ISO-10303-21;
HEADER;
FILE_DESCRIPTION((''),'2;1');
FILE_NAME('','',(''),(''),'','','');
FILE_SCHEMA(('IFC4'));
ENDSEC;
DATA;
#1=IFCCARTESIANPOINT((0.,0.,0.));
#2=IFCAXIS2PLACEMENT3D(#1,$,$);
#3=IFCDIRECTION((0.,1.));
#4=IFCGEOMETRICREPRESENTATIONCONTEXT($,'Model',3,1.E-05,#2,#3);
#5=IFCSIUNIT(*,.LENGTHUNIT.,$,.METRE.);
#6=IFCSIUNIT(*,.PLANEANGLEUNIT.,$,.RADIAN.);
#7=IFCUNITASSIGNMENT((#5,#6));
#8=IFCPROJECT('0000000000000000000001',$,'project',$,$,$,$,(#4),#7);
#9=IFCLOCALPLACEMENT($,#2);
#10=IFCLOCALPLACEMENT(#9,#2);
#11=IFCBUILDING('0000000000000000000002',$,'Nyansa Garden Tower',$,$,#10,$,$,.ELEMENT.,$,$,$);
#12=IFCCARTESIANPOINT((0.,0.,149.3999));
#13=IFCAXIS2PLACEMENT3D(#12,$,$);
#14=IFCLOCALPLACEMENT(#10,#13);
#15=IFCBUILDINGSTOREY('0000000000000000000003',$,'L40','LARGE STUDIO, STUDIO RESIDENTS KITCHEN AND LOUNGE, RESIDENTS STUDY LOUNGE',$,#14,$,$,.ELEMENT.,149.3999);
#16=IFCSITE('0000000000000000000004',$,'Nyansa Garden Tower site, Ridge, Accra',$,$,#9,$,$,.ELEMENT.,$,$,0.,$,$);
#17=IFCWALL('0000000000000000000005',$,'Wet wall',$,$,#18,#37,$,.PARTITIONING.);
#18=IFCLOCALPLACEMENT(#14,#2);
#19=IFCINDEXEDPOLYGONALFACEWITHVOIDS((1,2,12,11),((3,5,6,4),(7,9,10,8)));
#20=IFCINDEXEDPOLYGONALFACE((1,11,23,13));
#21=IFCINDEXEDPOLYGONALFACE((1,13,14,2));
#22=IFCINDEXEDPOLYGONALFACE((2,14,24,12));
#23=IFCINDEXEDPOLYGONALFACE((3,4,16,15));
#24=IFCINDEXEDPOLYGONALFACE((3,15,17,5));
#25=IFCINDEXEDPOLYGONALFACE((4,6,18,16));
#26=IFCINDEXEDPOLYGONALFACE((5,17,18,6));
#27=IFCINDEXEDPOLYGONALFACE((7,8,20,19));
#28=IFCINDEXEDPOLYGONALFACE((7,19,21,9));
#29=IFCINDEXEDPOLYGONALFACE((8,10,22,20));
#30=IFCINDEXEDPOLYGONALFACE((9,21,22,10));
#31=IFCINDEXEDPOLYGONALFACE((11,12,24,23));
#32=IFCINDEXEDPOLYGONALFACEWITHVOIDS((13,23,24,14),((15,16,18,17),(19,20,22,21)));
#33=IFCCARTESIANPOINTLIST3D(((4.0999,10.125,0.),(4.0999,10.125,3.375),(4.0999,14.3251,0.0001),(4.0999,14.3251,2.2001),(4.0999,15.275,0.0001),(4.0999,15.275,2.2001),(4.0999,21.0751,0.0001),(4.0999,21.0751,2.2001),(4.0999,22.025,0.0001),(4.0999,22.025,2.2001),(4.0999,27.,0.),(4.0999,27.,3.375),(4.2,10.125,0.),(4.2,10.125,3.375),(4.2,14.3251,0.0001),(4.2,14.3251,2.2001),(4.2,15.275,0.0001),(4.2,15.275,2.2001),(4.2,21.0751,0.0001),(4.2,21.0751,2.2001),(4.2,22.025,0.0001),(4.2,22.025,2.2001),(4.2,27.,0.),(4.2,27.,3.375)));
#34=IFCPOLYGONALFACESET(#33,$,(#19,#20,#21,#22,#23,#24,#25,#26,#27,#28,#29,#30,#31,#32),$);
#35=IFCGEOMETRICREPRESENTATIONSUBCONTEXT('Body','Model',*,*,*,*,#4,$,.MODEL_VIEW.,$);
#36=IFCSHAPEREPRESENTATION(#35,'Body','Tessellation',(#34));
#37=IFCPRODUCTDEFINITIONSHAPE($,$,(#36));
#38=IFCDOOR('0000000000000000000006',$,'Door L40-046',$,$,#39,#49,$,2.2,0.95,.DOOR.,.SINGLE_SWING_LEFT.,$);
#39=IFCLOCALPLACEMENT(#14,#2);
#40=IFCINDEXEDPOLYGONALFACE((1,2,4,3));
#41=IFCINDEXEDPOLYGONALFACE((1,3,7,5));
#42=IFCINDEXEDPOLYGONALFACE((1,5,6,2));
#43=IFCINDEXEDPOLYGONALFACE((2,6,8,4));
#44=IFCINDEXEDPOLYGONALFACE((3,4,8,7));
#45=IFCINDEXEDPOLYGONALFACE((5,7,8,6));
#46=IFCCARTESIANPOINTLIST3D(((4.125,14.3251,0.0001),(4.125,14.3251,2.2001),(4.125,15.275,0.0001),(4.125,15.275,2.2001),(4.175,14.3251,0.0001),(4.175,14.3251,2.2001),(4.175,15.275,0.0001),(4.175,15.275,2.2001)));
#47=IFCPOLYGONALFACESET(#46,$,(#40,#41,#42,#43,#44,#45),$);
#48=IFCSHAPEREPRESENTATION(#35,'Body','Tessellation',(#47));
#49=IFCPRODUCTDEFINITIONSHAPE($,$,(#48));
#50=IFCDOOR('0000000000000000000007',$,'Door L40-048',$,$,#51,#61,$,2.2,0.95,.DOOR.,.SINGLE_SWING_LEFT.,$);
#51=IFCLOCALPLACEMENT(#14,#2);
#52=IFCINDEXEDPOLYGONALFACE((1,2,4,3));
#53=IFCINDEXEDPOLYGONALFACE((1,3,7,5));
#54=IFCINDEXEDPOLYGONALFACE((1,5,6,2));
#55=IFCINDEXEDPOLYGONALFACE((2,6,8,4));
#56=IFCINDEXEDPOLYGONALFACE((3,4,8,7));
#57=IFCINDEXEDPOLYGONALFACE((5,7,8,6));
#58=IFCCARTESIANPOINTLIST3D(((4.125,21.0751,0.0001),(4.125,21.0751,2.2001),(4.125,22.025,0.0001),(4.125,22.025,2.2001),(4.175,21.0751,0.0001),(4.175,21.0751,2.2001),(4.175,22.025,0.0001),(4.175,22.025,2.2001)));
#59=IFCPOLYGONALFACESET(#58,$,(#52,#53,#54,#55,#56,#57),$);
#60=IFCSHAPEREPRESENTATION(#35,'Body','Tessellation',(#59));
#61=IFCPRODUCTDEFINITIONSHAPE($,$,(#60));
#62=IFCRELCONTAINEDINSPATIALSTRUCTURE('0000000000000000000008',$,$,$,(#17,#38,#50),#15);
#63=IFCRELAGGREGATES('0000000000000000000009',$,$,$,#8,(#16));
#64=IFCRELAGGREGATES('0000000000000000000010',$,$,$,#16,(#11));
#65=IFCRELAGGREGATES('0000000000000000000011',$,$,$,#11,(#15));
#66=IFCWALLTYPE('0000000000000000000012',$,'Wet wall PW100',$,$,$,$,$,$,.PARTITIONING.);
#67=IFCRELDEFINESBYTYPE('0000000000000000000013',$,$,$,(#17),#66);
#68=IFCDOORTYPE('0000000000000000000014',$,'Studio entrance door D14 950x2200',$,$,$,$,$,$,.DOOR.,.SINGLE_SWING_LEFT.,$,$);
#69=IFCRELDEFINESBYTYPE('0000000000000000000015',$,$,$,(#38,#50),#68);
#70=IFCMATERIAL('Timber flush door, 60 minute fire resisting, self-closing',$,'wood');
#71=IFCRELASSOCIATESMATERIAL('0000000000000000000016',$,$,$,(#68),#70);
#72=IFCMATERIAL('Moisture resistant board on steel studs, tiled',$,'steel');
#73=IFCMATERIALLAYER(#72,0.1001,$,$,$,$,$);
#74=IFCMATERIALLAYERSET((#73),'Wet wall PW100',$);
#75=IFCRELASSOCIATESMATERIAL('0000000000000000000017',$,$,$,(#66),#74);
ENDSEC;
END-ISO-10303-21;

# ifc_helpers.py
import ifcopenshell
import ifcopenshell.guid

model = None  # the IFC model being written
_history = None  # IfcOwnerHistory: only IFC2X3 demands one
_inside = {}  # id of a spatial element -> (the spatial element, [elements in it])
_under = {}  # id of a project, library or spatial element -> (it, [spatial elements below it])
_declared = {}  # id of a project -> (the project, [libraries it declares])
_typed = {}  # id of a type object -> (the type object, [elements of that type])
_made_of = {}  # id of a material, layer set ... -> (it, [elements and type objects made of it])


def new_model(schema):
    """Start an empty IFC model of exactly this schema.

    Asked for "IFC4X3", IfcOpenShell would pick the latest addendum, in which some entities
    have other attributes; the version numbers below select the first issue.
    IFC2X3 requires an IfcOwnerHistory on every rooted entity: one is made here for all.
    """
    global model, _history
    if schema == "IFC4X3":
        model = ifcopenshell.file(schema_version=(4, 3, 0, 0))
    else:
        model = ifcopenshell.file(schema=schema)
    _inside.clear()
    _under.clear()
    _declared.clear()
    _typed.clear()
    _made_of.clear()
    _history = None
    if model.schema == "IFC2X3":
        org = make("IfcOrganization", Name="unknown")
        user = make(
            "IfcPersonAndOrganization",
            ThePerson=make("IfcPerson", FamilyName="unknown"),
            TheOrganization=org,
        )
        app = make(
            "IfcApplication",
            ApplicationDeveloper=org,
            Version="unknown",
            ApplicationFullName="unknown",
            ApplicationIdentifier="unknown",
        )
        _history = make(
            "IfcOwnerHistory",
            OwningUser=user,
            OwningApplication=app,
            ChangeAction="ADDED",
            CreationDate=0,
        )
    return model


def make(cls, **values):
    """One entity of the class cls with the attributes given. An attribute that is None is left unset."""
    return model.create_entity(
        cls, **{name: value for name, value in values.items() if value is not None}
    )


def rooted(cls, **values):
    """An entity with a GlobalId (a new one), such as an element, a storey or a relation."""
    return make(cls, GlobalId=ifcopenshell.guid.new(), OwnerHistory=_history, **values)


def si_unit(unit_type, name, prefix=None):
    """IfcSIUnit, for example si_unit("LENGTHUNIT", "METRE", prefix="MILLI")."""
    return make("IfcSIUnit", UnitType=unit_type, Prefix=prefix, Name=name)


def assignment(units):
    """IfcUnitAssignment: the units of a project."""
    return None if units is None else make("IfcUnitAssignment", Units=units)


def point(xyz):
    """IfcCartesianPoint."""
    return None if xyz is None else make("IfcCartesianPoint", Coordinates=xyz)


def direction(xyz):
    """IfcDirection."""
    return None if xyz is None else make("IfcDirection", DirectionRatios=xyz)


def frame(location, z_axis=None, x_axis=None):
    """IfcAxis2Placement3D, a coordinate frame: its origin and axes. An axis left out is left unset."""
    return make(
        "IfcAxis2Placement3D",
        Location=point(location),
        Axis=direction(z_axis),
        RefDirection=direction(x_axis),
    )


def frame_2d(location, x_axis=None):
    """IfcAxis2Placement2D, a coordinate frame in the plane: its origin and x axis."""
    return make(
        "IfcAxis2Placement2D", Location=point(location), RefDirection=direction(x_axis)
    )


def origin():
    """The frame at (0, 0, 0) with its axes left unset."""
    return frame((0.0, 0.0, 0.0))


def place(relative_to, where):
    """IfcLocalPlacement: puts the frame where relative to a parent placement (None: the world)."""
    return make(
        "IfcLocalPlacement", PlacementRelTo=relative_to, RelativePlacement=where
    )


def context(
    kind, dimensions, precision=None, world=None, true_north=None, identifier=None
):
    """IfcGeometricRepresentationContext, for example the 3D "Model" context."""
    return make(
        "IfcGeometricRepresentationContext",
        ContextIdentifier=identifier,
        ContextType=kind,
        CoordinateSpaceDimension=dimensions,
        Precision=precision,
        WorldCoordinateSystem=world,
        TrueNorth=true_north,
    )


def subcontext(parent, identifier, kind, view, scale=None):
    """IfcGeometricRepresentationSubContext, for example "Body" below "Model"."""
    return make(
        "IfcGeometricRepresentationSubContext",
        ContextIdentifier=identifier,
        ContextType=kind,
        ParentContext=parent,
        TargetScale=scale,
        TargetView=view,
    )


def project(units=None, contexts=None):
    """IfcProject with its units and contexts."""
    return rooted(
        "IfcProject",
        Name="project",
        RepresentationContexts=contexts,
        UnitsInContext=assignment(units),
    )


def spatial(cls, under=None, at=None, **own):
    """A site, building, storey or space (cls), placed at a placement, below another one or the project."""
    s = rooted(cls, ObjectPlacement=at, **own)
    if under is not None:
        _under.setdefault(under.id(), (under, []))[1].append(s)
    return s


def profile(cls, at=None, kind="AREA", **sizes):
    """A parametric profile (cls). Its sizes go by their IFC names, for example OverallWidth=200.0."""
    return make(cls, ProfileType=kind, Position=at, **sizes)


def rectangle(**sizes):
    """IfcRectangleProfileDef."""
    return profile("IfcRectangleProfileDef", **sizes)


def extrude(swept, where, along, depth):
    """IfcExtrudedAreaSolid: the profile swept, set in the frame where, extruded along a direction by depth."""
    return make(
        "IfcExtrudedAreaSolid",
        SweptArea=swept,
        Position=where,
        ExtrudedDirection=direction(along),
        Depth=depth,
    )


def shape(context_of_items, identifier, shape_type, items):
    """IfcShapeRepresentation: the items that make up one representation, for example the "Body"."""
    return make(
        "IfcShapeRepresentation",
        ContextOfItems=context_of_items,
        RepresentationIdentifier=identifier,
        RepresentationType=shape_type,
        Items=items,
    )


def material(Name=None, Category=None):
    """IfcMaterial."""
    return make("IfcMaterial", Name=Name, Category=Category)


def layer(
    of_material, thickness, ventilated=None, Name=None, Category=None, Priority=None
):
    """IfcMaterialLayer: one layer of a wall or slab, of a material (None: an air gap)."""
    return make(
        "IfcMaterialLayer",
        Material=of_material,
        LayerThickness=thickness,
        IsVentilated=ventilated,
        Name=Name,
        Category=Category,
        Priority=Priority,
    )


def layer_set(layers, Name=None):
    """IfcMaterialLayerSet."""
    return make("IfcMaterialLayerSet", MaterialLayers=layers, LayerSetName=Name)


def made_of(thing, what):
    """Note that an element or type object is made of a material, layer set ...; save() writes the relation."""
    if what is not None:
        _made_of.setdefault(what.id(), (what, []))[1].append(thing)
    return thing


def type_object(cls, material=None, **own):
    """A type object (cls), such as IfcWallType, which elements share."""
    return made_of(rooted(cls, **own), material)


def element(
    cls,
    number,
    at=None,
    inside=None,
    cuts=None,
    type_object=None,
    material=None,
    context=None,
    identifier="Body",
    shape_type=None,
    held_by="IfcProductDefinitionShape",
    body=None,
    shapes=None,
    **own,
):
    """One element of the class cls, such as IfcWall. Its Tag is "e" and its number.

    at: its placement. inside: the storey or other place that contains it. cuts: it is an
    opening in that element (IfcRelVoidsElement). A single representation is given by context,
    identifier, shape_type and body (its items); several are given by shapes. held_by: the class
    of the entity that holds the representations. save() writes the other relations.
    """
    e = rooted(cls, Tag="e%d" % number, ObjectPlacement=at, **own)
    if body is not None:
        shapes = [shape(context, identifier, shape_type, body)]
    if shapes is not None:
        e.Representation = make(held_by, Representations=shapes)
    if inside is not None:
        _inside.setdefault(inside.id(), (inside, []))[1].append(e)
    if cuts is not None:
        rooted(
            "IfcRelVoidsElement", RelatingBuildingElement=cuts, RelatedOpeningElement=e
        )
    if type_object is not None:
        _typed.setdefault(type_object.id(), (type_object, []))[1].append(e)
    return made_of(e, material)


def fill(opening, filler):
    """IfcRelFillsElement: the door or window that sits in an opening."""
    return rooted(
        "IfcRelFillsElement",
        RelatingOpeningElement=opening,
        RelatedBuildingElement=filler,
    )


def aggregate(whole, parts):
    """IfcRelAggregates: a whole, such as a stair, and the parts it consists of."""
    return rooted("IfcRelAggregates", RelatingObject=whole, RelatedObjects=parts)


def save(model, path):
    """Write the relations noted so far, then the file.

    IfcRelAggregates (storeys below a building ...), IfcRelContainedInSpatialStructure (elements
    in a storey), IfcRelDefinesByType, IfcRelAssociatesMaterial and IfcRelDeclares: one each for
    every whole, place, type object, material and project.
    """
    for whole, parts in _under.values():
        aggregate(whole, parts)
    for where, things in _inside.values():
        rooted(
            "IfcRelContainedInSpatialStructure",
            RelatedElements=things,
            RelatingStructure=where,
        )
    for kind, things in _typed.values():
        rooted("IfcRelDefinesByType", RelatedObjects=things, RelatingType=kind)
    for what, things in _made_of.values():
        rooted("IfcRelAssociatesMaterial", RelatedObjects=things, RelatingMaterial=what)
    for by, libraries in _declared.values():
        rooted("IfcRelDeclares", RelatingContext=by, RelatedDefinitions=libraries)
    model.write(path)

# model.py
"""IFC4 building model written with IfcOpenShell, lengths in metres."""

from ifc_helpers import new_model, si_unit, direction, frame, frame_2d, origin, place, context, subcontext, project, spatial, rectangle, extrude, material, layer, layer_set, type_object, element, fill, save


model = new_model("IFC4")

# Units and contexts
model_context = context("Model", 3, precision=1e-05, world=origin(), true_north=direction((0.0, 1.0)))
body_context = subcontext(model_context, "Body", "Model", "MODEL_VIEW")
ifc_project = project(units=[si_unit("LENGTHUNIT", "METRE"), si_unit("PLANEANGLEUNIT", "RADIAN")], contexts=[model_context])

# Site, building, storey
site_placement = place(None, origin())
site = spatial("IfcSite", under=ifc_project, at=site_placement, Name="Nyansa Garden Tower site, Ridge, Accra", CompositionType="ELEMENT", RefElevation=0.0)
building_placement = place(site_placement, origin())
building = spatial("IfcBuilding", under=site, at=building_placement, Name="Nyansa Garden Tower", CompositionType="ELEMENT")
storey_placement = place(building_placement, frame((0.0, 0.0, 149.3999)))
storey = spatial("IfcBuildingStorey", under=building, at=storey_placement, Name="L40", Description="LARGE STUDIO, STUDIO RESIDENTS KITCHEN AND LOUNGE, RESIDENTS STUDY LOUNGE", CompositionType="ELEMENT", Elevation=149.3999)

# Shared definitions
ifc_material_1 = material(Name="Timber flush door, 60 minute fire resisting, self-closing", Category="wood")
door_type_1 = type_object("IfcDoorType", Name="Studio entrance door D14 950x2200", OperationType="SINGLE_SWING_LEFT", PredefinedType="DOOR", material=ifc_material_1)

# Wall, openings, doors
ifc_material_2 = material(Name="Moisture resistant board on steel studs, tiled", Category="steel")
ifc_layer_1 = layer(ifc_material_2, 0.1001)
ifc_layer_set_1 = layer_set([ifc_layer_1], Name="Wet wall PW100")
wall_type_1 = type_object("IfcWallType", Name="Wet wall PW100", PredefinedType="PARTITIONING", material=ifc_layer_set_1)
wall_1_placement = place(storey_placement, frame((4.1499, 10.125, 0.0), z_axis=(0.0, 0.0, 1.0), x_axis=(0.0, 1.0, 0.0)))
wall_1 = element("IfcWall", 1, at=wall_1_placement, inside=storey, type_object=wall_type_1, Name="Wet wall", PredefinedType="PARTITIONING", context=body_context, shape_type="SweptSolid", body=[
    extrude(rectangle(XDim=16.875, YDim=0.1001, at=frame_2d((8.4375, 0.0))), origin(), (0.0, 0.0, 1.0), 3.375),
])
opening_1_placement = place(wall_1_placement, frame((4.2, 0.0, 0.0)))
opening_1 = element("IfcOpeningElement", 2, at=opening_1_placement, cuts=wall_1, PredefinedType="OPENING", context=body_context, shape_type="SweptSolid", body=[
    extrude(rectangle(XDim=0.95, YDim=2.2, at=frame_2d((0.4751, 1.1001))), frame((0.0, 0.0601, 0.0), z_axis=(0.0, -1.0, 0.0), x_axis=(1.0, 0.0, 0.0)), (0.0, 0.0, 1.0), 0.1201),
])
opening_2_placement = place(wall_1_placement, frame((10.95, 0.0, 0.0)))
opening_2 = element("IfcOpeningElement", 3, at=opening_2_placement, cuts=wall_1, PredefinedType="OPENING", context=body_context, shape_type="SweptSolid", body=[
    extrude(rectangle(XDim=0.95, YDim=2.2, at=frame_2d((0.4751, 1.1001))), frame((0.0, 0.0601, 0.0), z_axis=(0.0, -1.0, 0.0), x_axis=(1.0, 0.0, 0.0)), (0.0, 0.0, 1.0), 0.1201),
])
door_1_placement = place(opening_1_placement, origin())
door_1 = element("IfcDoor", 4, at=door_1_placement, inside=storey, type_object=door_type_1, Name="Door L40-046", OperationType="SINGLE_SWING_LEFT", OverallHeight=2.2, OverallWidth=0.95, PredefinedType="DOOR", context=body_context, shape_type="SweptSolid", body=[
    extrude(rectangle(XDim=0.95, YDim=2.2, at=frame_2d((0.4751, 1.1001))), frame((0.0, 0.0249, 0.0), z_axis=(0.0, -1.0, 0.0), x_axis=(1.0, 0.0, 0.0)), (0.0, 0.0, 1.0), 0.05),
])
fill(opening_1, door_1)
door_2_placement = place(opening_2_placement, origin())
door_2 = element("IfcDoor", 5, at=door_2_placement, inside=storey, type_object=door_type_1, Name="Door L40-048", OperationType="SINGLE_SWING_LEFT", OverallHeight=2.2, OverallWidth=0.95, PredefinedType="DOOR", context=body_context, shape_type="SweptSolid", body=[
    extrude(rectangle(XDim=0.95, YDim=2.2, at=frame_2d((0.4751, 1.1001))), frame((0.0, 0.0249, 0.0), z_axis=(0.0, -1.0, 0.0), x_axis=(1.0, 0.0, 0.0)), (0.0, 0.0, 1.0), 0.05),
])
fill(opening_2, door_2)

save(model, "model.ifc")
